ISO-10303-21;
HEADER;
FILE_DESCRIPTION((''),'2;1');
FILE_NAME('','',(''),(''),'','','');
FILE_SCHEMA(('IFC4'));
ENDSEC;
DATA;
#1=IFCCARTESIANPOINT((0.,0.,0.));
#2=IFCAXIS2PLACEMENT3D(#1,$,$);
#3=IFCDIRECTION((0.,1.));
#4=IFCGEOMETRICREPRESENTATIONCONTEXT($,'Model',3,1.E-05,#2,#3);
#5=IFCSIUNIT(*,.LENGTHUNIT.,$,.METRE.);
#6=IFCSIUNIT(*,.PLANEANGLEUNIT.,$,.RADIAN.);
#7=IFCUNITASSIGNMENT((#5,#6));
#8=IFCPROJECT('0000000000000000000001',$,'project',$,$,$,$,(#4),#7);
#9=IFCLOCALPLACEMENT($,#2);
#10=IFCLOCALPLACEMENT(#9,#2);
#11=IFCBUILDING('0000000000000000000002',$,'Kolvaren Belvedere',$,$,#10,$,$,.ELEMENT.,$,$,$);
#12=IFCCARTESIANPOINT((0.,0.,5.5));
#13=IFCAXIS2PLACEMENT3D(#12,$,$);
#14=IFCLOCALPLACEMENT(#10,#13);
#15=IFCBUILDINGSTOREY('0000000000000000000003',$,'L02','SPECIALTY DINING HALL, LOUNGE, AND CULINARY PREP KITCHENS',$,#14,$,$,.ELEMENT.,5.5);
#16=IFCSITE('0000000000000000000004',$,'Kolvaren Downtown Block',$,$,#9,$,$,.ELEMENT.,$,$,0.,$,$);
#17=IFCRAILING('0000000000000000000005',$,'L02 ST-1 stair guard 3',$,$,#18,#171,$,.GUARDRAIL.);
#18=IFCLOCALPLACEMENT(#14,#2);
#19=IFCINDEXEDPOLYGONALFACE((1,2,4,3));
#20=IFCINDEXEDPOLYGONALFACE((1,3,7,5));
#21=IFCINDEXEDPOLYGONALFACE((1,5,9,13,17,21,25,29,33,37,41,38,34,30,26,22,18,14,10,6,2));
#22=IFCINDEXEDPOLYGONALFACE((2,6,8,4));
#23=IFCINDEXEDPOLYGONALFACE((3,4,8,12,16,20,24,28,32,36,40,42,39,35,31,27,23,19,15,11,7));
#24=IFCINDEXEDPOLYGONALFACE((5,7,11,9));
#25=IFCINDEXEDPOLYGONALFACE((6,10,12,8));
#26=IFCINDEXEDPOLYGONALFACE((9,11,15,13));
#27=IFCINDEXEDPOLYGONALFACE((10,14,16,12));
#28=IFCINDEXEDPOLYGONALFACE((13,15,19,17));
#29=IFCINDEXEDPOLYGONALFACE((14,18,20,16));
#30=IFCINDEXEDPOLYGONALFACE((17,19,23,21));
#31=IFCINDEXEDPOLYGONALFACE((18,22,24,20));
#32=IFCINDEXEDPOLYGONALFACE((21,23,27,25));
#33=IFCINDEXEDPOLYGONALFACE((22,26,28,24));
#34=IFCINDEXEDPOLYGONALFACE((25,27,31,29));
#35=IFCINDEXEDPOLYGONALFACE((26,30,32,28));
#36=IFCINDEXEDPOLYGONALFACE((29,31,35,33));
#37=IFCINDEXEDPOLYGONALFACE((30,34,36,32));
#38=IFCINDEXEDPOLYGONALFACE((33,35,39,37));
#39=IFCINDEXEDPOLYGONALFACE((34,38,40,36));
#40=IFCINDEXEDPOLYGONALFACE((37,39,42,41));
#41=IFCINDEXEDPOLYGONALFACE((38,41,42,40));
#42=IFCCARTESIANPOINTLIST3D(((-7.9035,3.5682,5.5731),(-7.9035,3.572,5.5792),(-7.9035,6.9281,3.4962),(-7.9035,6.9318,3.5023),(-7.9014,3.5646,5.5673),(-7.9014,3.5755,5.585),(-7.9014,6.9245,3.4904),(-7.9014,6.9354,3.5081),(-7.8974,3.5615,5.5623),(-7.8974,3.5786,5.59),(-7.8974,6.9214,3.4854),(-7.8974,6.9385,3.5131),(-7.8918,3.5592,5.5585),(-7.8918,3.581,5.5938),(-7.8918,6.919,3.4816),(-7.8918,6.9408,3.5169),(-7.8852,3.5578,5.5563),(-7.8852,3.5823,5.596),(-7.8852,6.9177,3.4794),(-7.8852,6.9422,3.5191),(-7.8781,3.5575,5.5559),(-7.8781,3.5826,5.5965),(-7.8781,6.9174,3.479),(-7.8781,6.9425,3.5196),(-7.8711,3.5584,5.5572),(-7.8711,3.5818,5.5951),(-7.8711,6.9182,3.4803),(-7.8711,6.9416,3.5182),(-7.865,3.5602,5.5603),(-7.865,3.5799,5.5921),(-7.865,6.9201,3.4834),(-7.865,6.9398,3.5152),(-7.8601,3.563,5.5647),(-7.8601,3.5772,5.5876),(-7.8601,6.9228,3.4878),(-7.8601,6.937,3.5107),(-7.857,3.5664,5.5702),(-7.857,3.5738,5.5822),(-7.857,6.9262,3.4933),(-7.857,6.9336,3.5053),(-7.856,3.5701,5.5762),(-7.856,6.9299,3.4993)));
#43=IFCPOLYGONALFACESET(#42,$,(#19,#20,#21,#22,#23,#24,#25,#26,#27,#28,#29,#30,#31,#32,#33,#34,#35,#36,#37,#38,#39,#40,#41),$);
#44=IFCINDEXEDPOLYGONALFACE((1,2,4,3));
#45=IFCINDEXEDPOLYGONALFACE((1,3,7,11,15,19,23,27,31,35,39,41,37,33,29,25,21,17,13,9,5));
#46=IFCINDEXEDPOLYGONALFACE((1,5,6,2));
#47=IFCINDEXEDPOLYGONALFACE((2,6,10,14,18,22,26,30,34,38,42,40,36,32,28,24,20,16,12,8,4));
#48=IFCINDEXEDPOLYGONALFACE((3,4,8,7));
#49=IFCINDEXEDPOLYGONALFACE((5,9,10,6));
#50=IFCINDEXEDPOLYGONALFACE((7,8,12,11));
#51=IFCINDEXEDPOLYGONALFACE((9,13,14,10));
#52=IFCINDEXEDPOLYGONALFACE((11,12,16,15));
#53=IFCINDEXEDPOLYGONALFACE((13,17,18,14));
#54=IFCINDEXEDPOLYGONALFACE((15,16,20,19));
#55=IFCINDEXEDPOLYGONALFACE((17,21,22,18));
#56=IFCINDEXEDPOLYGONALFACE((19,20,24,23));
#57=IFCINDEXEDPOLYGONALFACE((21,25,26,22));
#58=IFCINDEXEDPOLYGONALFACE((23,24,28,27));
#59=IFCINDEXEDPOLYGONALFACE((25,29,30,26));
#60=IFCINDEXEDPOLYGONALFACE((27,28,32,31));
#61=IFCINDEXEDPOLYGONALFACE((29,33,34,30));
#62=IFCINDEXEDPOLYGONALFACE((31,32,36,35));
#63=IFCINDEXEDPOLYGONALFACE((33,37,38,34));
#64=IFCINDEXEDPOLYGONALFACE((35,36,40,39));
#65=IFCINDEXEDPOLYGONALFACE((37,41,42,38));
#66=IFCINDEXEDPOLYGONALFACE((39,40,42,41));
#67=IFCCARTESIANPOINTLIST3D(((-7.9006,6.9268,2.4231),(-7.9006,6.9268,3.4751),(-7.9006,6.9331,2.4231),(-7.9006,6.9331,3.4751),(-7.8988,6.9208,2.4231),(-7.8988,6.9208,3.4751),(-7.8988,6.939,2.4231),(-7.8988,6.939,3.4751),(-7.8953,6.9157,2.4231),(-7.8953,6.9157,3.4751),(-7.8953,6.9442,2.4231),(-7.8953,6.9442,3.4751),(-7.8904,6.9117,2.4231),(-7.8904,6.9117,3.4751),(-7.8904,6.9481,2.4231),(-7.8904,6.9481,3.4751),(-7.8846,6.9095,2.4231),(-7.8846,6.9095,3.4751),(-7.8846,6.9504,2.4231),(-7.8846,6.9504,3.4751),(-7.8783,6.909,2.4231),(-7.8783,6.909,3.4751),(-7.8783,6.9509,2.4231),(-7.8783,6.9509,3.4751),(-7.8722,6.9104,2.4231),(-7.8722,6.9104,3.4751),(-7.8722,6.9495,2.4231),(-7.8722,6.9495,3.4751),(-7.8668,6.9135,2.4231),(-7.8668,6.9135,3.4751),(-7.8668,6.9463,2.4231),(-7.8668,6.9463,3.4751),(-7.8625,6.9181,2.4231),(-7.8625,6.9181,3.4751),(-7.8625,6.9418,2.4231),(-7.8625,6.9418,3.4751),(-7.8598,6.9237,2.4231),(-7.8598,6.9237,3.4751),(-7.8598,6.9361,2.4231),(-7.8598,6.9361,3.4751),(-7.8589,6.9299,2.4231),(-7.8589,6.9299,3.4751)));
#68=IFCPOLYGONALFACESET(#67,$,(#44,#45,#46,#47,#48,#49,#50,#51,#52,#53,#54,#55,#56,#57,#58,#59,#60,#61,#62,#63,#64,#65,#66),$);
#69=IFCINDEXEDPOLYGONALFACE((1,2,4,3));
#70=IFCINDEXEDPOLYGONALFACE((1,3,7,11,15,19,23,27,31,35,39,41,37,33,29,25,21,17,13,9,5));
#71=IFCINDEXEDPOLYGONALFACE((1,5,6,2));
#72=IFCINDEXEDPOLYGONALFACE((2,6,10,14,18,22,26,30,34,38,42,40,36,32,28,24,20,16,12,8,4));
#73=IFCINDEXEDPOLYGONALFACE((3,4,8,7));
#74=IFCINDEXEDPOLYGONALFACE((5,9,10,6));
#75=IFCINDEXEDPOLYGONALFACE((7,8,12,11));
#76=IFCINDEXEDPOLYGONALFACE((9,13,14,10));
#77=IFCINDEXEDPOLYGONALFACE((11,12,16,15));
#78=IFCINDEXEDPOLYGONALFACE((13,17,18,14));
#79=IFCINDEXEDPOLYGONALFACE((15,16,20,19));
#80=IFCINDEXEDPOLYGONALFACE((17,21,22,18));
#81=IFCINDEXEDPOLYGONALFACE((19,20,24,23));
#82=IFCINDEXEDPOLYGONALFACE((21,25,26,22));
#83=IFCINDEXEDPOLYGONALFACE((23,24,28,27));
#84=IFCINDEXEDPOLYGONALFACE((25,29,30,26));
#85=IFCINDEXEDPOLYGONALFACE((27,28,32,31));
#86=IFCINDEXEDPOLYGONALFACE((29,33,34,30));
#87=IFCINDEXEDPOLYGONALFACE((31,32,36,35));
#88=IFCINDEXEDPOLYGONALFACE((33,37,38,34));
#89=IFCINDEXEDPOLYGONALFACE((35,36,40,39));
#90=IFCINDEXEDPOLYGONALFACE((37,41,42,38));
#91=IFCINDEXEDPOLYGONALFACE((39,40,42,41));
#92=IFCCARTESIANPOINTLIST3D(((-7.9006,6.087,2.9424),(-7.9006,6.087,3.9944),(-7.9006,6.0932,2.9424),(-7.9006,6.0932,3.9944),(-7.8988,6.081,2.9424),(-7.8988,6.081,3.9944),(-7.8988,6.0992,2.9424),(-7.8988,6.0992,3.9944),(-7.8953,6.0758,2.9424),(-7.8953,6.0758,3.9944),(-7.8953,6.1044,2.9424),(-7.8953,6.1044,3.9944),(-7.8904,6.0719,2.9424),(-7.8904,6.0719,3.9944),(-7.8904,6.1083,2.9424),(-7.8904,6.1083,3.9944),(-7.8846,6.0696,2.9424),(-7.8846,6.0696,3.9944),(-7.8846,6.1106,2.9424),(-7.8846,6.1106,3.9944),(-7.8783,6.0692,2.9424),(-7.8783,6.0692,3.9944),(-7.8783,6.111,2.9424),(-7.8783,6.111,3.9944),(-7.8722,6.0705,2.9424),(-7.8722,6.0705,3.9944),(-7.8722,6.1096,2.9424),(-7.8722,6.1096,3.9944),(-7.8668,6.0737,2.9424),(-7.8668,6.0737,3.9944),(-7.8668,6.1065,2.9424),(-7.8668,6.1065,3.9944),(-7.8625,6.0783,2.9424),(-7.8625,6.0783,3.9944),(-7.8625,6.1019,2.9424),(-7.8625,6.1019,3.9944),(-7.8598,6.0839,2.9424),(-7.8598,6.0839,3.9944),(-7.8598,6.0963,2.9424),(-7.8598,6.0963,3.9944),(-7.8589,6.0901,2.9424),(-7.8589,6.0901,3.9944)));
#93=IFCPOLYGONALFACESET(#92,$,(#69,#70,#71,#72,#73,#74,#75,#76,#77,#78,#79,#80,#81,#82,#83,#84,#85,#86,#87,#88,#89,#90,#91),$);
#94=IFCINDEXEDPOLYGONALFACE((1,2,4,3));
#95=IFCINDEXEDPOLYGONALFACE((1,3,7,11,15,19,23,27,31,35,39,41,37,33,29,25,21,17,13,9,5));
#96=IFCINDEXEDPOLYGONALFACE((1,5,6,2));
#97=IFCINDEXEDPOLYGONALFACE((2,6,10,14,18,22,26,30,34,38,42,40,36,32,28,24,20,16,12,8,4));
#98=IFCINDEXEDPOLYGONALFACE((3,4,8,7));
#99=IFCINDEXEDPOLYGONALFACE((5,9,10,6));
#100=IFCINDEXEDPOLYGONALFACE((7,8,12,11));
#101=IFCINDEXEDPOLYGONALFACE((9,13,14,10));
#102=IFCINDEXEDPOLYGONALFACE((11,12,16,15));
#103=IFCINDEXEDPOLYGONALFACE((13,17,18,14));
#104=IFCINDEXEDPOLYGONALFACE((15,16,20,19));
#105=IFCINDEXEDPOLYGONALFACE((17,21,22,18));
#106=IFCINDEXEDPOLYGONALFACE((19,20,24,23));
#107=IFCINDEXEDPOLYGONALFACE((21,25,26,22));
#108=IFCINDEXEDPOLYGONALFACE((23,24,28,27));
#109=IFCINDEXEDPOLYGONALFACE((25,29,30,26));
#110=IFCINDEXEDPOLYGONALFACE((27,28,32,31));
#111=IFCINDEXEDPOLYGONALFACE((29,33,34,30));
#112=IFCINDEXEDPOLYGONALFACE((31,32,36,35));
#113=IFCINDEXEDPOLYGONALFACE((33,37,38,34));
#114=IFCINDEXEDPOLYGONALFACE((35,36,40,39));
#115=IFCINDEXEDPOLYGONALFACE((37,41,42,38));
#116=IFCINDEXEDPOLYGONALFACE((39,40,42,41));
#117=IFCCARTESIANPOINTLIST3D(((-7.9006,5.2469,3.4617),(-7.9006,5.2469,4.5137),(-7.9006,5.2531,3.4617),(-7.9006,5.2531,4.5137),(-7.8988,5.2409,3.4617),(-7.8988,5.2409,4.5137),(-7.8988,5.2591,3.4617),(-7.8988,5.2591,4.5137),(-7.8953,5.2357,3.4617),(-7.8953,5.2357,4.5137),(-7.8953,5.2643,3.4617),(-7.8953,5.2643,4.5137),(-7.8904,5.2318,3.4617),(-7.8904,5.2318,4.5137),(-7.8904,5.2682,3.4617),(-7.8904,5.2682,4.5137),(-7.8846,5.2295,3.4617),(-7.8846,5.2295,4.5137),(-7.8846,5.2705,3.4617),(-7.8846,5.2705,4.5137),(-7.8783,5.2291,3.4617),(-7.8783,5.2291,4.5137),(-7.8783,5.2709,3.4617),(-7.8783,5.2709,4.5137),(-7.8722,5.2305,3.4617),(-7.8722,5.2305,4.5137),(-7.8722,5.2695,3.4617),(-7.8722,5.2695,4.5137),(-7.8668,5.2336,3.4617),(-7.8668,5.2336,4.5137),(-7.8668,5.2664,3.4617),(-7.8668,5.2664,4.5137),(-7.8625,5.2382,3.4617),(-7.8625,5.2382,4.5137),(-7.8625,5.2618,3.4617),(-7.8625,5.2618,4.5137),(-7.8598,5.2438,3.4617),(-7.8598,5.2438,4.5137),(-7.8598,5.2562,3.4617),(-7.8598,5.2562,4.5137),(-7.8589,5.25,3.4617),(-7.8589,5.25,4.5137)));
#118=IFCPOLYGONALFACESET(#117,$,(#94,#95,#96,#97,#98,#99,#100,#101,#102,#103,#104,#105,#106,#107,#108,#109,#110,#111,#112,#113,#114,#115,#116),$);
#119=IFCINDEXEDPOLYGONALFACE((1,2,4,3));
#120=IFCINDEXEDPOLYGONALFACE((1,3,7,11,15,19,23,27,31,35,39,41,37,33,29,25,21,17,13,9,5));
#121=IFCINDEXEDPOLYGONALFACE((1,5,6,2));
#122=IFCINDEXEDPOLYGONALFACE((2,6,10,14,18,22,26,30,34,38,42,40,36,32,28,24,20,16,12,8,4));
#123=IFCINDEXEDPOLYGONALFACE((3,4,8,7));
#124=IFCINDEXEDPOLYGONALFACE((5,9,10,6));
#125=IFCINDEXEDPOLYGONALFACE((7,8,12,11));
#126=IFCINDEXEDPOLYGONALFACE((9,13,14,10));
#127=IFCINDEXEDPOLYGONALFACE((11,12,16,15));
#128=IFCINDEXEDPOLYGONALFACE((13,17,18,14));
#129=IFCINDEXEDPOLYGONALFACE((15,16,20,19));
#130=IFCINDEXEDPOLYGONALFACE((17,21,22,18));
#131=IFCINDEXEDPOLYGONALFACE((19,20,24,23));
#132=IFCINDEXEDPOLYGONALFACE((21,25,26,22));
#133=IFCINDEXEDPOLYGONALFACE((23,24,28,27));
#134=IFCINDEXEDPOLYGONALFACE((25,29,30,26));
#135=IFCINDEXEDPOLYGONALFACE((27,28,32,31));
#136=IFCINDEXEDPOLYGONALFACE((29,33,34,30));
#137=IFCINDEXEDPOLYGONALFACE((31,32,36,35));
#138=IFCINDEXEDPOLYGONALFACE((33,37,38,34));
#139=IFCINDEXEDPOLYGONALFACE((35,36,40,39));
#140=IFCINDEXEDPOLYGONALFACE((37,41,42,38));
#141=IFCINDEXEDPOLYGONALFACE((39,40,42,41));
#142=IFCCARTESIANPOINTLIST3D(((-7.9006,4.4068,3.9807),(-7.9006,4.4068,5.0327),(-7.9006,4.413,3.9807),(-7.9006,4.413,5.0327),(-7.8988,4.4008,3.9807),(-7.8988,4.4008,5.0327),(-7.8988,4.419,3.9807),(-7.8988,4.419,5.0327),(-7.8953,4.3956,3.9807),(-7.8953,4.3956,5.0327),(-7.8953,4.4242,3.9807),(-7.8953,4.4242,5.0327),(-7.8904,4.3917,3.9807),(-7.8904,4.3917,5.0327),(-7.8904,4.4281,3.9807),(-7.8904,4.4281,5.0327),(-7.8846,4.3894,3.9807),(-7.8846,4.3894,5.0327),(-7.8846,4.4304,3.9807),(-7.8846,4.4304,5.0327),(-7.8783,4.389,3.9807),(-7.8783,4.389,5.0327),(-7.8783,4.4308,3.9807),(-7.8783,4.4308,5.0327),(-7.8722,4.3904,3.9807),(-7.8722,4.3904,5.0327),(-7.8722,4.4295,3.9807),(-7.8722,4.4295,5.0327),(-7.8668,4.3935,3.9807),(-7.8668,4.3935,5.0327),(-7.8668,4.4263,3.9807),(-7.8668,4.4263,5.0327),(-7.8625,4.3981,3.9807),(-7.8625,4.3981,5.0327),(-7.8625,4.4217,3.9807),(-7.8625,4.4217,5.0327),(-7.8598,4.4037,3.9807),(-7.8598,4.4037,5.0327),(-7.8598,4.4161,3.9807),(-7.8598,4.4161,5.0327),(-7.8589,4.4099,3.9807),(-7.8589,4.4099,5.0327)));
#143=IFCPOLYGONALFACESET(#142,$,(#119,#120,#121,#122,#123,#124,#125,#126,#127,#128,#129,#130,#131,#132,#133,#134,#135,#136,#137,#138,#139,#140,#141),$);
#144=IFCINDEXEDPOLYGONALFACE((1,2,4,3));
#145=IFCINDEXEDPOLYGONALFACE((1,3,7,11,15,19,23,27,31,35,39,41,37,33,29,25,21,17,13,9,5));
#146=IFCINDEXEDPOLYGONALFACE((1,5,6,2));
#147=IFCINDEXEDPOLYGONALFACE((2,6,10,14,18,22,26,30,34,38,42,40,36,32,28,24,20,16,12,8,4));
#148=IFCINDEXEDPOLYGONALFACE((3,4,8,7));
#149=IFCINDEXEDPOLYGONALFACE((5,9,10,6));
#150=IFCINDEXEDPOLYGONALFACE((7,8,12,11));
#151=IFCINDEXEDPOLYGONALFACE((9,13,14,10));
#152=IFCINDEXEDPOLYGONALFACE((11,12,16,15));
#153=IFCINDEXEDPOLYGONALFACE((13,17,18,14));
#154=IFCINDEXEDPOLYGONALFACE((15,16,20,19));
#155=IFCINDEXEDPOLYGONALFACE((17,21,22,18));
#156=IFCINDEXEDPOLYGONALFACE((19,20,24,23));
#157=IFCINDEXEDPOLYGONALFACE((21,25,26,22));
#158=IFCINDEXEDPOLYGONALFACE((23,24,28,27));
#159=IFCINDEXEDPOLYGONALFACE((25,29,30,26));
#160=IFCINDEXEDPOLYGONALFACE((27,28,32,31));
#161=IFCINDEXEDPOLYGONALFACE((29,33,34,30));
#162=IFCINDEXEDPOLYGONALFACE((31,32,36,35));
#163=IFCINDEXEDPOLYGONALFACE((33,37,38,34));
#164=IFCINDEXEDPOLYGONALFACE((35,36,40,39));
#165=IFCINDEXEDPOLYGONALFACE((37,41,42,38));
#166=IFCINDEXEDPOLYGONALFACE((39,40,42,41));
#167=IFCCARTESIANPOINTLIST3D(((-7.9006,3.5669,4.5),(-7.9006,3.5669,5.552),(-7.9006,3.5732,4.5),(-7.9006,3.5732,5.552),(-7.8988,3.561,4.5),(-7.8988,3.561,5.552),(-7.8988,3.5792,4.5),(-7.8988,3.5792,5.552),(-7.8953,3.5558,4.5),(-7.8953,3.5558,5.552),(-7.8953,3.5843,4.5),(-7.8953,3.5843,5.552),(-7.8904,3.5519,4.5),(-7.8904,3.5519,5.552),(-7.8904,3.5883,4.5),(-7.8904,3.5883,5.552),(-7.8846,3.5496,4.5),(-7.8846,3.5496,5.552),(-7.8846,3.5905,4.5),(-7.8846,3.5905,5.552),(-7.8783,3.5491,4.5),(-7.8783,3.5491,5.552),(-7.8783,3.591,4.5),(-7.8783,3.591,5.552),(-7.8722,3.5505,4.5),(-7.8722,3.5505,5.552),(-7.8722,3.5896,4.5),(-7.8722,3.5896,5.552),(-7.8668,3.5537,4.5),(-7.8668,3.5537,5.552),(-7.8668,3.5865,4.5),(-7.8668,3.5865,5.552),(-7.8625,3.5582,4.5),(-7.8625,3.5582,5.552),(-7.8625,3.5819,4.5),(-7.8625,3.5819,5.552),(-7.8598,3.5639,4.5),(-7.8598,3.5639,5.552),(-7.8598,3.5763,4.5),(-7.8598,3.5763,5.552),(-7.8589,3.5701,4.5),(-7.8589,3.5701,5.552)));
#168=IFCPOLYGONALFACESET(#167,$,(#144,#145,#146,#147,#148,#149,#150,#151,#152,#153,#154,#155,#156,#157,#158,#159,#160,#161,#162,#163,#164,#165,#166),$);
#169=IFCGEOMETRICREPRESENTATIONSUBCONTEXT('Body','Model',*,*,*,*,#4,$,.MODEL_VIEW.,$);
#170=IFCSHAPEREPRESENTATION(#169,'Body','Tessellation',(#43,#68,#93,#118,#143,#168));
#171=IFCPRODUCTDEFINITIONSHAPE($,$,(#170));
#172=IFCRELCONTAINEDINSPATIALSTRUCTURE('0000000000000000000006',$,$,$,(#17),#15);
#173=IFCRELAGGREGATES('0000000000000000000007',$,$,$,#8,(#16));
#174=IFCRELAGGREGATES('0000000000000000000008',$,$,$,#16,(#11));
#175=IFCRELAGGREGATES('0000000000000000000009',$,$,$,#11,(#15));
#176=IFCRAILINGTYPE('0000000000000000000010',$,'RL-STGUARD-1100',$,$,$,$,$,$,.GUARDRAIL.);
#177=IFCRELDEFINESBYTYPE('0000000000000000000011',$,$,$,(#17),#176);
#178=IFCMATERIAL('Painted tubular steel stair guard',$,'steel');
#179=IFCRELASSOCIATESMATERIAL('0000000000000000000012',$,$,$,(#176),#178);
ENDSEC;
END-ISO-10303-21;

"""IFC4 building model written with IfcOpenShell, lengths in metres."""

from ifc_helpers import new_model, si_unit, direction, frame, origin, origin_2d, place, context, subcontext, project, spatial, circle, extrude, material, type_object, element, save


model = new_model("IFC4")

# Units and contexts
model_context = context("Model", 3, precision=1e-05, world=origin(), true_north=direction((0.0, 1.0)))
body_context = subcontext(model_context, "Body", "Model", "MODEL_VIEW")
ifc_project = project(units=[si_unit("LENGTHUNIT", "METRE"), si_unit("PLANEANGLEUNIT", "RADIAN")], contexts=[model_context])

# Site, building, storey
site_placement = place(None, origin())
site = spatial("IfcSite", under=ifc_project, at=site_placement, Name="Kolvaren Downtown Block", CompositionType="ELEMENT", RefElevation=0.0)
building_placement = place(site_placement, origin())
building = spatial("IfcBuilding", under=site, at=building_placement, Name="Kolvaren Belvedere", CompositionType="ELEMENT")
storey_placement = place(building_placement, frame((0.0, 0.0, 5.5)))
storey = spatial("IfcBuildingStorey", under=building, at=storey_placement, Name="L02", Description="SPECIALTY DINING HALL, LOUNGE, AND CULINARY PREP KITCHENS", CompositionType="ELEMENT", Elevation=5.5)

# Railing
ifc_material_1 = material(Name="Painted tubular steel stair guard", Category="steel")
railing_type_1 = type_object("IfcRailingType", Name="RL-STGUARD-1100", PredefinedType="GUARDRAIL", material=ifc_material_1)
railing_1_placement = place(storey_placement, frame((-7.8799, 6.9299, 2.4231)))
element("IfcRailing", 1, at=railing_1_placement, inside=storey, type_object=railing_type_1, Name="L02 ST-1 stair guard 3", PredefinedType="GUARDRAIL", context=body_context, shape_type="SweptSolid", body=[
    extrude(circle(Radius=0.0239, at=origin_2d()), frame((0.0, 0.0, 1.0762), z_axis=(0.0, -0.850606, 0.525803), x_axis=(1.0, 0.0, 0.0)), (0.0, 0.0, 1.0), 3.95),
    extrude(circle(Radius=0.021, at=origin_2d()), origin(), (0.0, 0.0, 1.0), 1.052),
    extrude(circle(Radius=0.021, at=origin_2d()), frame((0.0, -0.8398, 0.5193)), (0.0, 0.0, 1.0), 1.052),
    extrude(circle(Radius=0.021, at=origin_2d()), frame((0.0, -1.6799, 1.0386)), (0.0, 0.0, 1.0), 1.052),
    extrude(circle(Radius=0.021, at=origin_2d()), frame((0.0, -2.52, 1.5576)), (0.0, 0.0, 1.0), 1.052),
    extrude(circle(Radius=0.021, at=origin_2d()), frame((0.0, -3.3599, 2.0769)), (0.0, 0.0, 1.0), 1.052),
])

save(model, "model.ifc")
